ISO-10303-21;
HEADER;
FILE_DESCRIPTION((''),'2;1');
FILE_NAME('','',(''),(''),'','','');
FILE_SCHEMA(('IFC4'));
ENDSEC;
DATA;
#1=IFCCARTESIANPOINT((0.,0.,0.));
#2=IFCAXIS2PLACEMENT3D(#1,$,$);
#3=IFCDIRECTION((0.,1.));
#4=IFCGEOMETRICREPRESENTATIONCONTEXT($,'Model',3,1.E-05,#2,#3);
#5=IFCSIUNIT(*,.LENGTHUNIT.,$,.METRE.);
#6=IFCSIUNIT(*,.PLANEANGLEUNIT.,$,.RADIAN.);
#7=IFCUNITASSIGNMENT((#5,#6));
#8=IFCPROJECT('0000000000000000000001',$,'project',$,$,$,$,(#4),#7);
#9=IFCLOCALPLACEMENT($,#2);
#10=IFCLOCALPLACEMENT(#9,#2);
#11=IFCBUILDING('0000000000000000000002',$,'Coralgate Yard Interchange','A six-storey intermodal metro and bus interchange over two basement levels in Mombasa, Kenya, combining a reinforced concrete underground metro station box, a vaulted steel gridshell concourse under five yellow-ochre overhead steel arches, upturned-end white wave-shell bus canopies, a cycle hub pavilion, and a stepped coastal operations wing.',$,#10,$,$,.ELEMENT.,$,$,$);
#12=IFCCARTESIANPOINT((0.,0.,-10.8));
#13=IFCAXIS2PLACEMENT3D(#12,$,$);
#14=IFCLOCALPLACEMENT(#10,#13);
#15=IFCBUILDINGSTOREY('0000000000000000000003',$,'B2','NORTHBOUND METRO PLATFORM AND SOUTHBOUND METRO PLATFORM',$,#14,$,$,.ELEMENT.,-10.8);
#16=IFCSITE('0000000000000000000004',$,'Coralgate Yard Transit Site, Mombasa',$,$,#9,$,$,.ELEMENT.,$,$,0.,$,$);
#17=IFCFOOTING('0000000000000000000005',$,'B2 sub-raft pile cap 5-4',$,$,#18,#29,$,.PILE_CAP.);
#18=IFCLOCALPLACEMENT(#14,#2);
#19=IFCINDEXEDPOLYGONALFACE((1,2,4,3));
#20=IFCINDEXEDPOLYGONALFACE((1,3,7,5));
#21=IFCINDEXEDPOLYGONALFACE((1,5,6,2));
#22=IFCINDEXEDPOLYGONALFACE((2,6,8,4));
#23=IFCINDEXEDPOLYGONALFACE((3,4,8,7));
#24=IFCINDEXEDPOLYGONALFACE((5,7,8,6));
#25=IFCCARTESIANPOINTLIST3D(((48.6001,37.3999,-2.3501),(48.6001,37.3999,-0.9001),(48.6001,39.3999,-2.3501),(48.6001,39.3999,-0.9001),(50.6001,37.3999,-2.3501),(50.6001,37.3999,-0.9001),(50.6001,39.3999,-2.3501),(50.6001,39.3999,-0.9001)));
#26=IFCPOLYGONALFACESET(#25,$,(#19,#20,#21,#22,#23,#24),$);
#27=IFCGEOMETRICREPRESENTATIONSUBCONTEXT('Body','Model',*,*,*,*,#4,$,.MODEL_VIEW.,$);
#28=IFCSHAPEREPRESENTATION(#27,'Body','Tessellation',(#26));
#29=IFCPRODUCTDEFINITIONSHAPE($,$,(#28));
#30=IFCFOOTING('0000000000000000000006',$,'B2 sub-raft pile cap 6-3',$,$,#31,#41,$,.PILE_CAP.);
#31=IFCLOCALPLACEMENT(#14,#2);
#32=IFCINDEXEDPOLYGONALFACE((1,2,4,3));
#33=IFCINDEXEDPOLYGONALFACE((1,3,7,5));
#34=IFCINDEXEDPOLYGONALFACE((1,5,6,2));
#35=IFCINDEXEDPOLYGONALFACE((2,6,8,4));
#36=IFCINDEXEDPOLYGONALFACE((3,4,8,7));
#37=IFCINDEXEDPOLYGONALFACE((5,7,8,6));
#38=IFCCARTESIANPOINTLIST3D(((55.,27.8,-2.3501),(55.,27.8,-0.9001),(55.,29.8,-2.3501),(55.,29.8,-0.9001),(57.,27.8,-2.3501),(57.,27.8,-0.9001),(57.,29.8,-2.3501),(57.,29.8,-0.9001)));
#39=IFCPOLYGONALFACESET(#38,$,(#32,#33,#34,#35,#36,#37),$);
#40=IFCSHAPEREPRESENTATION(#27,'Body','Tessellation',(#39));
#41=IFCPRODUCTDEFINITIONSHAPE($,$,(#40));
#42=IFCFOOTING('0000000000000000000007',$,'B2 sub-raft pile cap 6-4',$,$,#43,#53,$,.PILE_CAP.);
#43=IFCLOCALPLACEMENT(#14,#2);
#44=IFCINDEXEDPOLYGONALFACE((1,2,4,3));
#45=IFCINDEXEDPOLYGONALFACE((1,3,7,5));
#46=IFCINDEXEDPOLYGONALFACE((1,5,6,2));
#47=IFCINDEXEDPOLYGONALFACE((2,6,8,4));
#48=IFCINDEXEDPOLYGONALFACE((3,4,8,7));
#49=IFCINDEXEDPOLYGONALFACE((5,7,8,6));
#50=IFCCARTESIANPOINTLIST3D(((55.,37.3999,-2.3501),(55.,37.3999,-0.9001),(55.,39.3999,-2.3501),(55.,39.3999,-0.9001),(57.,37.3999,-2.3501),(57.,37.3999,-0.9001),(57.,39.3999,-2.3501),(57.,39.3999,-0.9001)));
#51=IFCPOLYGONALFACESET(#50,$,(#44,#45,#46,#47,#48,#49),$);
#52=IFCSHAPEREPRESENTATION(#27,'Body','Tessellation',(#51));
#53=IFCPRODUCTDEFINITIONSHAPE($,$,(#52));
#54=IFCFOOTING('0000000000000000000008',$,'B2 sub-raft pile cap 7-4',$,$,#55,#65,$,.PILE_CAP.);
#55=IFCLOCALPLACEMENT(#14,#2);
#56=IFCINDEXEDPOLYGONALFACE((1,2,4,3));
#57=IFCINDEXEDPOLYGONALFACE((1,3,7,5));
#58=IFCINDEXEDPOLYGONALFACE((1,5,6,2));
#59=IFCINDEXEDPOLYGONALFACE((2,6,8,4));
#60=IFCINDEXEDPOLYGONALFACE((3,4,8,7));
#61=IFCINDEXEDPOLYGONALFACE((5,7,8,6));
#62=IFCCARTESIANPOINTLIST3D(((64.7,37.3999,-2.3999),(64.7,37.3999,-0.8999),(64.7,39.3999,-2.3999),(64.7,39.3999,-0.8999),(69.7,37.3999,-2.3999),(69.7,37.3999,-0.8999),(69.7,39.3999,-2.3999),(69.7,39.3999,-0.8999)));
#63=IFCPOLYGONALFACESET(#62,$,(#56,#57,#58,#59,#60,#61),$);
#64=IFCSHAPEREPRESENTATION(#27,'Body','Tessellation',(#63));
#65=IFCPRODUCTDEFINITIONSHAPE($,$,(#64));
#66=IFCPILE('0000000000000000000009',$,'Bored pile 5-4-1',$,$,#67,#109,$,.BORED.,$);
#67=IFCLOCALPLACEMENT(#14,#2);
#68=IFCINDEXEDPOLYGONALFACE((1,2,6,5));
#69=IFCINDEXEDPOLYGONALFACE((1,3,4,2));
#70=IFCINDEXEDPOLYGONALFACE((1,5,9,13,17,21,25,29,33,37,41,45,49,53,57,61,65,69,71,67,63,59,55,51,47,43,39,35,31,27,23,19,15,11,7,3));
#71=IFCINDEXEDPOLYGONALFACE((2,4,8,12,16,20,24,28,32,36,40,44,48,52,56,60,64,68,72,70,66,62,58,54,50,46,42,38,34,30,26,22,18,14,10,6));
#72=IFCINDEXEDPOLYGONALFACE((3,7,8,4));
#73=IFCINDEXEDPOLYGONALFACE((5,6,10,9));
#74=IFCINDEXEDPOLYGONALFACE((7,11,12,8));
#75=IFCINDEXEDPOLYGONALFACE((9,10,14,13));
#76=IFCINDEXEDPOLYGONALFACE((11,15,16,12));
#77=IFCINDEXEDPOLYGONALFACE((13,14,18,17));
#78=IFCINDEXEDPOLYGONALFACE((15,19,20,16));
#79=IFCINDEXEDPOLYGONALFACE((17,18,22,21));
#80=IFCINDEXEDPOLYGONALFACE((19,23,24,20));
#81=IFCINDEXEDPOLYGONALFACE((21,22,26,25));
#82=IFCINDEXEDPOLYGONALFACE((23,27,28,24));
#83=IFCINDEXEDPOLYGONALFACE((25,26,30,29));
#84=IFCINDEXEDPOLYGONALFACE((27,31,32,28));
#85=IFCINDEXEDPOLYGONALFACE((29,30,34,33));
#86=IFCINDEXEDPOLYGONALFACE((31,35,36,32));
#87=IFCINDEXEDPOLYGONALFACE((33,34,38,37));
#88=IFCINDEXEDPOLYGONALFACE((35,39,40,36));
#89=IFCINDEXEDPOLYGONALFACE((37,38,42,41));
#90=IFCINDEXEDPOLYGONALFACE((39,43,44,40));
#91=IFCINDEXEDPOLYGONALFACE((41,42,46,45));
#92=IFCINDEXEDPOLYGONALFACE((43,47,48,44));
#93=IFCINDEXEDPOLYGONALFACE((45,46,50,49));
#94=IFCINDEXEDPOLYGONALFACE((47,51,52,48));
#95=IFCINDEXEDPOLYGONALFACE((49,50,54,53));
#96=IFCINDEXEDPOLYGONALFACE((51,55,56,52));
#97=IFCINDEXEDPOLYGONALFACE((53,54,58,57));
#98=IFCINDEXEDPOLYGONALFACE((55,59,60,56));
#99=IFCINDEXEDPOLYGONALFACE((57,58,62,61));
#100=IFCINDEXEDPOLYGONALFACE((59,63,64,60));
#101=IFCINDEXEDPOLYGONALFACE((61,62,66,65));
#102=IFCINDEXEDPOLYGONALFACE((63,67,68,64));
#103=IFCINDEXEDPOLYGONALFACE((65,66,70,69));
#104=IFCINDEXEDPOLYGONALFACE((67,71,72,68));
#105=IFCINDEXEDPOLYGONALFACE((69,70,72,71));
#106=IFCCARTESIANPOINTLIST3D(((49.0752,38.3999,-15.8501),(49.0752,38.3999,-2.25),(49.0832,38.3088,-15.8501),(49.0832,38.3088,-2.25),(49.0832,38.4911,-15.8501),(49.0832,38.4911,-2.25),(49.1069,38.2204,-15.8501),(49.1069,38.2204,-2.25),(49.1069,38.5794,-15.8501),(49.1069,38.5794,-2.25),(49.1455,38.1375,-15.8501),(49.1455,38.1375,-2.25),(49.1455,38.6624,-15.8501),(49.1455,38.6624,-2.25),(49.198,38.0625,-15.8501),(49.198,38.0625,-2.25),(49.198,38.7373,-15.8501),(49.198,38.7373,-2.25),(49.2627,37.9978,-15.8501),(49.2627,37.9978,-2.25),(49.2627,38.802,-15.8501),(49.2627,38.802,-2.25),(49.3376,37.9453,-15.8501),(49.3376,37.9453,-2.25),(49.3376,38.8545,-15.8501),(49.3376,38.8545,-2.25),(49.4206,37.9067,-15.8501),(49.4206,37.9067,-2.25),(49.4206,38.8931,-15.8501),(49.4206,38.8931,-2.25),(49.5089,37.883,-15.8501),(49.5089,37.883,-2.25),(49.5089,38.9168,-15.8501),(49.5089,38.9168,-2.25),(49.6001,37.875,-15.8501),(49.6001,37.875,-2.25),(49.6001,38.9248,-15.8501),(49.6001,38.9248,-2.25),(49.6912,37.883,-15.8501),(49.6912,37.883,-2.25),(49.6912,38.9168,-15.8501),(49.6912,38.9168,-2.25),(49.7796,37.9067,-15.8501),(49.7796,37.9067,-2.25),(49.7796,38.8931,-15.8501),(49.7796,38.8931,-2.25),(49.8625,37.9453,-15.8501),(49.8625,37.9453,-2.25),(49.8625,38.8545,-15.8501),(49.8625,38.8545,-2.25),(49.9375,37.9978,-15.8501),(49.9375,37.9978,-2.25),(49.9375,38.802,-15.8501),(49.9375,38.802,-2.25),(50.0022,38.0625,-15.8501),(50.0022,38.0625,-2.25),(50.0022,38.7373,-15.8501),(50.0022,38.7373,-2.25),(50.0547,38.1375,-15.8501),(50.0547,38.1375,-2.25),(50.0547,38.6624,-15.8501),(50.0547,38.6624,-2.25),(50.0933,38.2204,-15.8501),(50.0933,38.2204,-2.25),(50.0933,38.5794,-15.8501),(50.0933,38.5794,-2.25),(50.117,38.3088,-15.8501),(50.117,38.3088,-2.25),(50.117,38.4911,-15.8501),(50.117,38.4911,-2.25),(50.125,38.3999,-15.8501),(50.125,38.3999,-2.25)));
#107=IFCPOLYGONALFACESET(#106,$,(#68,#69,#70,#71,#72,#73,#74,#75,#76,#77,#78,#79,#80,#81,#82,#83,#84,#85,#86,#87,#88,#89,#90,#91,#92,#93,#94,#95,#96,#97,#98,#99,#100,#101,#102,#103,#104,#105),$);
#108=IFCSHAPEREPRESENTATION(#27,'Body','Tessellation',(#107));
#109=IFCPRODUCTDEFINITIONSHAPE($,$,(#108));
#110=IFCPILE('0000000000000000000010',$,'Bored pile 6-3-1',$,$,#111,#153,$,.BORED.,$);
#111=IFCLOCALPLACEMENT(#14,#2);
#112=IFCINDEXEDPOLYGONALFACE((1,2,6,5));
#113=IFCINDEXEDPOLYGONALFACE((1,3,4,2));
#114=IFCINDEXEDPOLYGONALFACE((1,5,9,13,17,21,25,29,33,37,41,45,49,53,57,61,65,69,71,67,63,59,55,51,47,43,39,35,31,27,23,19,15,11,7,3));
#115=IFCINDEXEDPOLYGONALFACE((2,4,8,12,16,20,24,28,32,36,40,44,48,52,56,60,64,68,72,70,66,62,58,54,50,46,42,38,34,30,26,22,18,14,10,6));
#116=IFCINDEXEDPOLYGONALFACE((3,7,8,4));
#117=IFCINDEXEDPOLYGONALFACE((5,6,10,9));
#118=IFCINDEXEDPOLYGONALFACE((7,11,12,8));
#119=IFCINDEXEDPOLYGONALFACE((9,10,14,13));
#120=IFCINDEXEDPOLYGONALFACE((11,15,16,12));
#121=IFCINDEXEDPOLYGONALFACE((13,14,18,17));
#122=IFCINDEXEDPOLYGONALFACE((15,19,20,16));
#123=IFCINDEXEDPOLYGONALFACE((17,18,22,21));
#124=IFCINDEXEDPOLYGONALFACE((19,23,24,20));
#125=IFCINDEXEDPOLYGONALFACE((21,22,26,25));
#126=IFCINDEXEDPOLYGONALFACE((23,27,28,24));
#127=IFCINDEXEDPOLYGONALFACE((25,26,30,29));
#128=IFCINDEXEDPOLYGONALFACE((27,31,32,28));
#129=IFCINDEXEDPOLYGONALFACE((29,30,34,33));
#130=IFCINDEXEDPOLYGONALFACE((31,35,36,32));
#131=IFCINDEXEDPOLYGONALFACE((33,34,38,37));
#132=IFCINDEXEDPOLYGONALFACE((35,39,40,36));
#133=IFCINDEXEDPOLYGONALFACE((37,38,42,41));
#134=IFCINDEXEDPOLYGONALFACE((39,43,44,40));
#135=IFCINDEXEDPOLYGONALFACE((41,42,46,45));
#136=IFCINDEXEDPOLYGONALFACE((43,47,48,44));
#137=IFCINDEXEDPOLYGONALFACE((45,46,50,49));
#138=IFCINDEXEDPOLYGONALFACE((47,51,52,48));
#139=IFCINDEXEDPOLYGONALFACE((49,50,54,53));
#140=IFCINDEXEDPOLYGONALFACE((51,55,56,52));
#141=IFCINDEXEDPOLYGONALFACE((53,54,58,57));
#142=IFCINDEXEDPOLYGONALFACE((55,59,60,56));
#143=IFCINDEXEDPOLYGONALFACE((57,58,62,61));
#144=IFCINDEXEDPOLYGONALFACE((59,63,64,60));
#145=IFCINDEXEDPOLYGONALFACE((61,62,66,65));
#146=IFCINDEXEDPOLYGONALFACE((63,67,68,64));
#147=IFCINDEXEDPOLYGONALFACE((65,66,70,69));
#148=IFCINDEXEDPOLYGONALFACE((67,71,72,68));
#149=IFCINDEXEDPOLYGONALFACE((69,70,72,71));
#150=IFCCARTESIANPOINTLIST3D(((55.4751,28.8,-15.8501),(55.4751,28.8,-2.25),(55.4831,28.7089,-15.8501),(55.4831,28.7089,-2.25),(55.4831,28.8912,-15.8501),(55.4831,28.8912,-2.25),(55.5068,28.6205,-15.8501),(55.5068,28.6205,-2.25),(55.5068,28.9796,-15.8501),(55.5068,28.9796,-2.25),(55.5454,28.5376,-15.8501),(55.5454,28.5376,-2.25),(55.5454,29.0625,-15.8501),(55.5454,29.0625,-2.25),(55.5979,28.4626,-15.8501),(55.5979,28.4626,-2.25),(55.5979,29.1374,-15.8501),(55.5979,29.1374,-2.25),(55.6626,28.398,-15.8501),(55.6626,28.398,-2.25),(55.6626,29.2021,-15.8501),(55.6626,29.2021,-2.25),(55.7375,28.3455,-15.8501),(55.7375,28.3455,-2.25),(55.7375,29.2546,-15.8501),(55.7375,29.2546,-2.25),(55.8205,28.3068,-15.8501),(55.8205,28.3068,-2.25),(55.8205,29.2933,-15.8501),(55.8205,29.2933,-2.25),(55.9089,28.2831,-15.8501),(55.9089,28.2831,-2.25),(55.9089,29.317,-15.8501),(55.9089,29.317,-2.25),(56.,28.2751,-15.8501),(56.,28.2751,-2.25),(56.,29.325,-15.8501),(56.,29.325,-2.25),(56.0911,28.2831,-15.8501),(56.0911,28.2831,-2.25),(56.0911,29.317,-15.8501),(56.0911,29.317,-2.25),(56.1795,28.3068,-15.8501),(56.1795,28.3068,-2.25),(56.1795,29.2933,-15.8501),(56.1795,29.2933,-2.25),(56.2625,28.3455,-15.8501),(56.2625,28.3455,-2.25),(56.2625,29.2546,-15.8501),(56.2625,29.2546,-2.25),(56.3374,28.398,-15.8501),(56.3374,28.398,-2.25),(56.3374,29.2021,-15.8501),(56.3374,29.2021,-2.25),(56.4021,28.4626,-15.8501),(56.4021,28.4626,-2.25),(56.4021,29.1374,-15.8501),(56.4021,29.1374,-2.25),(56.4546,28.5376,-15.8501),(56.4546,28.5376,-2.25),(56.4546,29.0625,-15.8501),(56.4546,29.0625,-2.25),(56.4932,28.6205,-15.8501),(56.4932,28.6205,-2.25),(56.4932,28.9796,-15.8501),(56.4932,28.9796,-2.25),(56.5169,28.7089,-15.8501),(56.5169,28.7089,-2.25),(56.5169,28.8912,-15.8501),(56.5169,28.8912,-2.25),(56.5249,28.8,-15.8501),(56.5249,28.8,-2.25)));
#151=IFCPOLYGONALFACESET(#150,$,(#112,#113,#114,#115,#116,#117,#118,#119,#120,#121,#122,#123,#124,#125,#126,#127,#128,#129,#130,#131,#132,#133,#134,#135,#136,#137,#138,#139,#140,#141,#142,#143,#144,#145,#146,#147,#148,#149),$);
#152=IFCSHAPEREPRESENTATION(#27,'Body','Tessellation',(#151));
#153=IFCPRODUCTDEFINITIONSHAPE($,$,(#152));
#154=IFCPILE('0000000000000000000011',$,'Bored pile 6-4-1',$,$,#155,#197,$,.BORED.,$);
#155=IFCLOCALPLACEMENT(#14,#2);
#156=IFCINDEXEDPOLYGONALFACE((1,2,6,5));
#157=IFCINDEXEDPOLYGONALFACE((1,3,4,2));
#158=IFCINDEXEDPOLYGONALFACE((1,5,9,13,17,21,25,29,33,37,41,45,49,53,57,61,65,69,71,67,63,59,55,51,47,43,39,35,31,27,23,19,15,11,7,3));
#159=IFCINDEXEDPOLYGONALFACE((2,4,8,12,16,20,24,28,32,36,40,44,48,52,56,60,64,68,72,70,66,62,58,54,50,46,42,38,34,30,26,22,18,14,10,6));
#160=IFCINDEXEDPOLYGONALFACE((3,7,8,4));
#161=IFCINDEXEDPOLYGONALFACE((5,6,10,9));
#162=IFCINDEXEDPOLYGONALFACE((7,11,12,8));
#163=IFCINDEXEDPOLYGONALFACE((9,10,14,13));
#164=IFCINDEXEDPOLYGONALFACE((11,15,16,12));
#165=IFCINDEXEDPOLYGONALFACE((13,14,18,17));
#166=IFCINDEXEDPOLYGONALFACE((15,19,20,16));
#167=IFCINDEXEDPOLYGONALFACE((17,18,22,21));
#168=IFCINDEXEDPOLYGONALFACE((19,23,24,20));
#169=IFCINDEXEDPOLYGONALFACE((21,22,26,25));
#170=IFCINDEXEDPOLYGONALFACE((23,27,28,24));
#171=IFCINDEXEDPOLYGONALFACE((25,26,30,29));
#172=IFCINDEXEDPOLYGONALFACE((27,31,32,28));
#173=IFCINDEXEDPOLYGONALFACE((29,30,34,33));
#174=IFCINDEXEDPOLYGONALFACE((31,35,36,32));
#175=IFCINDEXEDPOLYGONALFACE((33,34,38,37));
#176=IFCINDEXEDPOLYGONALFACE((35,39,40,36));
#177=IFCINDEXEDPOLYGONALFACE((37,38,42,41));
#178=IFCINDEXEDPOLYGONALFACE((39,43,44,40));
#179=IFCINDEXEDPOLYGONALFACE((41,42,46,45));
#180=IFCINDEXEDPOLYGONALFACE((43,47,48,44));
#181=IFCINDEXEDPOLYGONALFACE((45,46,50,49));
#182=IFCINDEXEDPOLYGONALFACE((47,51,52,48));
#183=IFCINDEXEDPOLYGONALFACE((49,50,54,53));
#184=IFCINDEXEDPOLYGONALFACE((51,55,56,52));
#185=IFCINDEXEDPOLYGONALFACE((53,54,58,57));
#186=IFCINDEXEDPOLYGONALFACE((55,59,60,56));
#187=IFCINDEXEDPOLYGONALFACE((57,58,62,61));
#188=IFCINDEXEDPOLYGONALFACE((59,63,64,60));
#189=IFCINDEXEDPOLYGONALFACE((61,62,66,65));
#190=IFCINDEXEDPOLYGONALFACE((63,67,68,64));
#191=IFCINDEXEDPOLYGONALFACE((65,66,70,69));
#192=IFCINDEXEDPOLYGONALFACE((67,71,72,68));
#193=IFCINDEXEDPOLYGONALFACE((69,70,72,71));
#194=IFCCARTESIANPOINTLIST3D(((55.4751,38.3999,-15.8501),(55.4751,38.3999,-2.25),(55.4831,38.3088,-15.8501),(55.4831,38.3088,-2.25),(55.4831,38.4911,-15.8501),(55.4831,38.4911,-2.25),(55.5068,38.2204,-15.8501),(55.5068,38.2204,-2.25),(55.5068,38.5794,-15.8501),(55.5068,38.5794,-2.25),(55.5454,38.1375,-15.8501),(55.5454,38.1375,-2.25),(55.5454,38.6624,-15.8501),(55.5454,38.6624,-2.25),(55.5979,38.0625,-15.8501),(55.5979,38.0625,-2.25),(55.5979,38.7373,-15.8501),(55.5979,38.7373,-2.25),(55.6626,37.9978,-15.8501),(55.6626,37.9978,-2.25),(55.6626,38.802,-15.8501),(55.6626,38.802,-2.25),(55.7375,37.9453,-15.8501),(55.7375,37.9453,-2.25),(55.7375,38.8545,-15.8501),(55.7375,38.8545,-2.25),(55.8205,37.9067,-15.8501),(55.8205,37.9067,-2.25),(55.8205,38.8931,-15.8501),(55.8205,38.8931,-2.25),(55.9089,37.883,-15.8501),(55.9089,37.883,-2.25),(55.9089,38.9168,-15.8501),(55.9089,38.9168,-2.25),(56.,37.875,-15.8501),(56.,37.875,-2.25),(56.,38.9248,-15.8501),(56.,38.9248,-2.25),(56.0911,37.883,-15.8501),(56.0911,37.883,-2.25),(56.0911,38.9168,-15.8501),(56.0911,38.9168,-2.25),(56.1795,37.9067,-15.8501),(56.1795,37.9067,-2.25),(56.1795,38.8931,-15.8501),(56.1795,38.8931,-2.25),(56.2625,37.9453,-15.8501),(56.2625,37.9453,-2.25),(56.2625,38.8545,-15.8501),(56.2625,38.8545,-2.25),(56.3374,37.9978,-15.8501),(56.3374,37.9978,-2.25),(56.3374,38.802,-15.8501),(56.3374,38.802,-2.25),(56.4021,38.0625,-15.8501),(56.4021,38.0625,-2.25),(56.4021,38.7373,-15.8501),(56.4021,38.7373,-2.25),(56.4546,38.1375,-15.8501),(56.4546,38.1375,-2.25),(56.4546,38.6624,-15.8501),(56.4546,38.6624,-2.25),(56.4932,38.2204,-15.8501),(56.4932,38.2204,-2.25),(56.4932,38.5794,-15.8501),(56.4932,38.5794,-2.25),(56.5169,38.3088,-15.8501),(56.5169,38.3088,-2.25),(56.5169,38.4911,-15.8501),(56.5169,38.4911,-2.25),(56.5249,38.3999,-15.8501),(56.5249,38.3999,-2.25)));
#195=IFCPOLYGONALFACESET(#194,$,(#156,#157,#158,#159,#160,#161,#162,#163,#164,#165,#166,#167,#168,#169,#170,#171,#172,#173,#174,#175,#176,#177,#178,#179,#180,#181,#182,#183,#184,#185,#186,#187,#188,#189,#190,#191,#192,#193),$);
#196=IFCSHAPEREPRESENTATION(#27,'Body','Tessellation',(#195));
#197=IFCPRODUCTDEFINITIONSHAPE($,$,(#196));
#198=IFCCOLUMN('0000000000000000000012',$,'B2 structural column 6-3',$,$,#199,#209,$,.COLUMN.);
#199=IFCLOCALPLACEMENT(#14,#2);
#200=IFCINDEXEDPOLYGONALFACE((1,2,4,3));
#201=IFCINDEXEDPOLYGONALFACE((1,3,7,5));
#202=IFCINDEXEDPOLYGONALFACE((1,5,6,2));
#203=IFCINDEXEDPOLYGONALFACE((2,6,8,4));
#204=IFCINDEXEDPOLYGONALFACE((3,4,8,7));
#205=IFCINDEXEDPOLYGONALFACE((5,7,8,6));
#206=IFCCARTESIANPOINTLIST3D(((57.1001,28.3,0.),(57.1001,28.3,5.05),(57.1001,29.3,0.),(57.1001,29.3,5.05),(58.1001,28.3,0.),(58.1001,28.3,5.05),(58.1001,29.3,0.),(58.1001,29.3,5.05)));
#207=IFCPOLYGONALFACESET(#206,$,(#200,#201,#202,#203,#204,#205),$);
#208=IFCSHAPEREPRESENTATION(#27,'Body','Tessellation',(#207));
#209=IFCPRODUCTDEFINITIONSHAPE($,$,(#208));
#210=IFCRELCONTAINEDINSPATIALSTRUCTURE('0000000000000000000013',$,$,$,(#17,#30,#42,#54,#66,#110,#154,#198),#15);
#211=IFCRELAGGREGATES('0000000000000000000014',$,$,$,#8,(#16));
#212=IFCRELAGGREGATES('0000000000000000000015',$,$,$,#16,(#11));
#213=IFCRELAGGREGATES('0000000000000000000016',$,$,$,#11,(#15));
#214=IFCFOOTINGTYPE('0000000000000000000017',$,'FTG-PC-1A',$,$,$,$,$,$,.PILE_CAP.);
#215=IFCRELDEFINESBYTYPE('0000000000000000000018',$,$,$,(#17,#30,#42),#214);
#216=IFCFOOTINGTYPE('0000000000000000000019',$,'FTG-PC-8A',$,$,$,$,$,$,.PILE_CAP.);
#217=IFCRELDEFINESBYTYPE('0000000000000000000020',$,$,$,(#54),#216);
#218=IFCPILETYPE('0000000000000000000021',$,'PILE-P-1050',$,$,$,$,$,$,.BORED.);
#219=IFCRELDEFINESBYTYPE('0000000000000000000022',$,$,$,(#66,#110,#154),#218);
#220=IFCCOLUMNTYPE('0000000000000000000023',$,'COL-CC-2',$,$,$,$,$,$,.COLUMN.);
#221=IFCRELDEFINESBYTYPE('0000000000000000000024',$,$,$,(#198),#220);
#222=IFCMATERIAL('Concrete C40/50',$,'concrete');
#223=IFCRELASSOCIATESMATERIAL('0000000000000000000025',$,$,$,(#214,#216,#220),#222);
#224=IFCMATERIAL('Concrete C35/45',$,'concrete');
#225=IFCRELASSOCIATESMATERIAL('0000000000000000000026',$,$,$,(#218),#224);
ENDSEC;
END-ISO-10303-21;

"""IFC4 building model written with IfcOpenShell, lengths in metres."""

from ifc_helpers import new_model, si_unit, direction, frame, origin, origin_2d, place, context, subcontext, project, spatial, rectangle, circle, extrude, material, material_profile, profile_set, type_object, element, save


model = new_model("IFC4")

# Units and contexts
model_context = context("Model", 3, precision=1e-05, world=origin(), true_north=direction((0.0, 1.0)))
body_context = subcontext(model_context, "Body", "Model", "MODEL_VIEW")
ifc_project = project(units=[si_unit("LENGTHUNIT", "METRE"), si_unit("PLANEANGLEUNIT", "RADIAN")], contexts=[model_context])

# Site, building, storey
site_placement = place(None, origin())
site = spatial("IfcSite", under=ifc_project, at=site_placement, Name="Coralgate Yard Transit Site, Mombasa", CompositionType="ELEMENT", RefElevation=0.0)
building_placement = place(site_placement, origin())
building = spatial("IfcBuilding", under=site, at=building_placement, Name="Coralgate Yard Interchange", Description="A six-storey intermodal metro and bus interchange over two basement levels in Mombasa, Kenya, combining a reinforced concrete underground metro station box, a vaulted steel gridshell concourse under five yellow-ochre overhead steel arches, upturned-end white wave-shell bus canopies, a cycle hub pavilion, and a stepped coastal operations wing.", CompositionType="ELEMENT")
storey_placement = place(building_placement, frame((0.0, 0.0, -10.8)))
storey = spatial("IfcBuildingStorey", under=building, at=storey_placement, Name="B2", Description="NORTHBOUND METRO PLATFORM AND SOUTHBOUND METRO PLATFORM", CompositionType="ELEMENT", Elevation=-10.8)

# Footings
ifc_material_1 = material(Name="Concrete C40/50", Category="concrete")
footing_type_1 = type_object("IfcFootingType", Name="FTG-PC-1A", PredefinedType="PILE_CAP", material=ifc_material_1)
for number, where, z_axis, x_axis, name in (
    (1, (49.6001, 38.3999, -2.3501), (0.0, 0.0, 1.0), (1.0, 0.0, 0.0), "B2 sub-raft pile cap 5-4"),
    (2, (56.0, 28.8, -2.3501), (0.0, 0.0, 1.0), (1.0, 0.0, 0.0), "B2 sub-raft pile cap 6-3"),
    (3, (56.0, 38.3999, -2.3501), (0.0, 0.0, 1.0), (1.0, 0.0, 0.0), "B2 sub-raft pile cap 6-4"),
):
    element("IfcFooting", number, at=place(storey_placement, frame(where, z_axis=z_axis, x_axis=x_axis)), inside=storey, type_object=footing_type_1, Name=name, PredefinedType="PILE_CAP", context=body_context, shape_type="SweptSolid", body=[
        extrude(rectangle(XDim=2.0, YDim=2.0, at=origin_2d()), origin(), (0.0, 0.0, 1.0), 1.45),
    ])
footing_type_2 = type_object("IfcFootingType", Name="FTG-PC-8A", PredefinedType="PILE_CAP", material=ifc_material_1)
footing_placement = place(storey_placement, frame((67.2, 38.3999, -2.3999), z_axis=(0.0, 0.0, 1.0), x_axis=(1.0, 0.0, 0.0)))
element("IfcFooting", 4, at=footing_placement, inside=storey, type_object=footing_type_2, Name="B2 sub-raft pile cap 7-4", PredefinedType="PILE_CAP", context=body_context, shape_type="SweptSolid", body=[
    extrude(rectangle(XDim=5.0, YDim=2.0, at=origin_2d()), origin(), (0.0, 0.0, 1.0), 1.5),
])

# Piles
ifc_material_2 = material(Name="Concrete C35/45", Category="concrete")
ifc_material_profile_1 = material_profile(ifc_material_2, circle(Radius=0.5249, at=origin_2d()), Name="BORED PILE D1050")
ifc_profile_set_1 = profile_set([ifc_material_profile_1], Name="Concrete C35/45")
pile_type = type_object("IfcPileType", Name="PILE-P-1050", PredefinedType="BORED", material=ifc_profile_set_1)
for number, where, z_axis, x_axis, name in (
    (5, (49.6001, 38.3999, -2.25), (0.0, 0.0, -1.0), (1.0, 0.0, 0.0), "Bored pile 5-4-1"),
    (6, (56.0, 28.8, -2.25), (0.0, 0.0, -1.0), (1.0, 0.0, 0.0), "Bored pile 6-3-1"),
    (7, (56.0, 38.3999, -2.25), (0.0, 0.0, -1.0), (1.0, 0.0, 0.0), "Bored pile 6-4-1"),
):
    element("IfcPile", number, at=place(storey_placement, frame(where, z_axis=z_axis, x_axis=x_axis)), inside=storey, type_object=pile_type, Name=name, PredefinedType="BORED", context=body_context, shape_type="SweptSolid", body=[
        extrude(circle(Radius=0.5249, at=origin_2d()), origin(), (0.0, 0.0, 1.0), 13.6001),
    ])

# Column
ifc_material_profile_2 = material_profile(ifc_material_1, rectangle(XDim=1.0, YDim=1.0, at=origin_2d()), Name="RC 1000x1000")
ifc_profile_set_2 = profile_set([ifc_material_profile_2], Name="Concrete C40/50")
column_type_1 = type_object("IfcColumnType", Name="COL-CC-2", PredefinedType="COLUMN", material=ifc_profile_set_2)
for number, where, z_axis, x_axis, name in (
    (8, (57.6001, 28.8, 0.0), (0.0, 0.0, 1.0), (1.0, 0.0, 0.0), "B2 structural column 6-3"),
):
    element("IfcColumn", number, at=place(storey_placement, frame(where, z_axis=z_axis, x_axis=x_axis)), inside=storey, type_object=column_type_1, Name=name, PredefinedType="COLUMN", context=body_context, shape_type="SweptSolid", body=[
        extrude(rectangle(XDim=1.0, YDim=1.0, at=origin_2d()), origin(), (0.0, 0.0, 1.0), 5.05),
    ])

save(model, "model.ifc")
